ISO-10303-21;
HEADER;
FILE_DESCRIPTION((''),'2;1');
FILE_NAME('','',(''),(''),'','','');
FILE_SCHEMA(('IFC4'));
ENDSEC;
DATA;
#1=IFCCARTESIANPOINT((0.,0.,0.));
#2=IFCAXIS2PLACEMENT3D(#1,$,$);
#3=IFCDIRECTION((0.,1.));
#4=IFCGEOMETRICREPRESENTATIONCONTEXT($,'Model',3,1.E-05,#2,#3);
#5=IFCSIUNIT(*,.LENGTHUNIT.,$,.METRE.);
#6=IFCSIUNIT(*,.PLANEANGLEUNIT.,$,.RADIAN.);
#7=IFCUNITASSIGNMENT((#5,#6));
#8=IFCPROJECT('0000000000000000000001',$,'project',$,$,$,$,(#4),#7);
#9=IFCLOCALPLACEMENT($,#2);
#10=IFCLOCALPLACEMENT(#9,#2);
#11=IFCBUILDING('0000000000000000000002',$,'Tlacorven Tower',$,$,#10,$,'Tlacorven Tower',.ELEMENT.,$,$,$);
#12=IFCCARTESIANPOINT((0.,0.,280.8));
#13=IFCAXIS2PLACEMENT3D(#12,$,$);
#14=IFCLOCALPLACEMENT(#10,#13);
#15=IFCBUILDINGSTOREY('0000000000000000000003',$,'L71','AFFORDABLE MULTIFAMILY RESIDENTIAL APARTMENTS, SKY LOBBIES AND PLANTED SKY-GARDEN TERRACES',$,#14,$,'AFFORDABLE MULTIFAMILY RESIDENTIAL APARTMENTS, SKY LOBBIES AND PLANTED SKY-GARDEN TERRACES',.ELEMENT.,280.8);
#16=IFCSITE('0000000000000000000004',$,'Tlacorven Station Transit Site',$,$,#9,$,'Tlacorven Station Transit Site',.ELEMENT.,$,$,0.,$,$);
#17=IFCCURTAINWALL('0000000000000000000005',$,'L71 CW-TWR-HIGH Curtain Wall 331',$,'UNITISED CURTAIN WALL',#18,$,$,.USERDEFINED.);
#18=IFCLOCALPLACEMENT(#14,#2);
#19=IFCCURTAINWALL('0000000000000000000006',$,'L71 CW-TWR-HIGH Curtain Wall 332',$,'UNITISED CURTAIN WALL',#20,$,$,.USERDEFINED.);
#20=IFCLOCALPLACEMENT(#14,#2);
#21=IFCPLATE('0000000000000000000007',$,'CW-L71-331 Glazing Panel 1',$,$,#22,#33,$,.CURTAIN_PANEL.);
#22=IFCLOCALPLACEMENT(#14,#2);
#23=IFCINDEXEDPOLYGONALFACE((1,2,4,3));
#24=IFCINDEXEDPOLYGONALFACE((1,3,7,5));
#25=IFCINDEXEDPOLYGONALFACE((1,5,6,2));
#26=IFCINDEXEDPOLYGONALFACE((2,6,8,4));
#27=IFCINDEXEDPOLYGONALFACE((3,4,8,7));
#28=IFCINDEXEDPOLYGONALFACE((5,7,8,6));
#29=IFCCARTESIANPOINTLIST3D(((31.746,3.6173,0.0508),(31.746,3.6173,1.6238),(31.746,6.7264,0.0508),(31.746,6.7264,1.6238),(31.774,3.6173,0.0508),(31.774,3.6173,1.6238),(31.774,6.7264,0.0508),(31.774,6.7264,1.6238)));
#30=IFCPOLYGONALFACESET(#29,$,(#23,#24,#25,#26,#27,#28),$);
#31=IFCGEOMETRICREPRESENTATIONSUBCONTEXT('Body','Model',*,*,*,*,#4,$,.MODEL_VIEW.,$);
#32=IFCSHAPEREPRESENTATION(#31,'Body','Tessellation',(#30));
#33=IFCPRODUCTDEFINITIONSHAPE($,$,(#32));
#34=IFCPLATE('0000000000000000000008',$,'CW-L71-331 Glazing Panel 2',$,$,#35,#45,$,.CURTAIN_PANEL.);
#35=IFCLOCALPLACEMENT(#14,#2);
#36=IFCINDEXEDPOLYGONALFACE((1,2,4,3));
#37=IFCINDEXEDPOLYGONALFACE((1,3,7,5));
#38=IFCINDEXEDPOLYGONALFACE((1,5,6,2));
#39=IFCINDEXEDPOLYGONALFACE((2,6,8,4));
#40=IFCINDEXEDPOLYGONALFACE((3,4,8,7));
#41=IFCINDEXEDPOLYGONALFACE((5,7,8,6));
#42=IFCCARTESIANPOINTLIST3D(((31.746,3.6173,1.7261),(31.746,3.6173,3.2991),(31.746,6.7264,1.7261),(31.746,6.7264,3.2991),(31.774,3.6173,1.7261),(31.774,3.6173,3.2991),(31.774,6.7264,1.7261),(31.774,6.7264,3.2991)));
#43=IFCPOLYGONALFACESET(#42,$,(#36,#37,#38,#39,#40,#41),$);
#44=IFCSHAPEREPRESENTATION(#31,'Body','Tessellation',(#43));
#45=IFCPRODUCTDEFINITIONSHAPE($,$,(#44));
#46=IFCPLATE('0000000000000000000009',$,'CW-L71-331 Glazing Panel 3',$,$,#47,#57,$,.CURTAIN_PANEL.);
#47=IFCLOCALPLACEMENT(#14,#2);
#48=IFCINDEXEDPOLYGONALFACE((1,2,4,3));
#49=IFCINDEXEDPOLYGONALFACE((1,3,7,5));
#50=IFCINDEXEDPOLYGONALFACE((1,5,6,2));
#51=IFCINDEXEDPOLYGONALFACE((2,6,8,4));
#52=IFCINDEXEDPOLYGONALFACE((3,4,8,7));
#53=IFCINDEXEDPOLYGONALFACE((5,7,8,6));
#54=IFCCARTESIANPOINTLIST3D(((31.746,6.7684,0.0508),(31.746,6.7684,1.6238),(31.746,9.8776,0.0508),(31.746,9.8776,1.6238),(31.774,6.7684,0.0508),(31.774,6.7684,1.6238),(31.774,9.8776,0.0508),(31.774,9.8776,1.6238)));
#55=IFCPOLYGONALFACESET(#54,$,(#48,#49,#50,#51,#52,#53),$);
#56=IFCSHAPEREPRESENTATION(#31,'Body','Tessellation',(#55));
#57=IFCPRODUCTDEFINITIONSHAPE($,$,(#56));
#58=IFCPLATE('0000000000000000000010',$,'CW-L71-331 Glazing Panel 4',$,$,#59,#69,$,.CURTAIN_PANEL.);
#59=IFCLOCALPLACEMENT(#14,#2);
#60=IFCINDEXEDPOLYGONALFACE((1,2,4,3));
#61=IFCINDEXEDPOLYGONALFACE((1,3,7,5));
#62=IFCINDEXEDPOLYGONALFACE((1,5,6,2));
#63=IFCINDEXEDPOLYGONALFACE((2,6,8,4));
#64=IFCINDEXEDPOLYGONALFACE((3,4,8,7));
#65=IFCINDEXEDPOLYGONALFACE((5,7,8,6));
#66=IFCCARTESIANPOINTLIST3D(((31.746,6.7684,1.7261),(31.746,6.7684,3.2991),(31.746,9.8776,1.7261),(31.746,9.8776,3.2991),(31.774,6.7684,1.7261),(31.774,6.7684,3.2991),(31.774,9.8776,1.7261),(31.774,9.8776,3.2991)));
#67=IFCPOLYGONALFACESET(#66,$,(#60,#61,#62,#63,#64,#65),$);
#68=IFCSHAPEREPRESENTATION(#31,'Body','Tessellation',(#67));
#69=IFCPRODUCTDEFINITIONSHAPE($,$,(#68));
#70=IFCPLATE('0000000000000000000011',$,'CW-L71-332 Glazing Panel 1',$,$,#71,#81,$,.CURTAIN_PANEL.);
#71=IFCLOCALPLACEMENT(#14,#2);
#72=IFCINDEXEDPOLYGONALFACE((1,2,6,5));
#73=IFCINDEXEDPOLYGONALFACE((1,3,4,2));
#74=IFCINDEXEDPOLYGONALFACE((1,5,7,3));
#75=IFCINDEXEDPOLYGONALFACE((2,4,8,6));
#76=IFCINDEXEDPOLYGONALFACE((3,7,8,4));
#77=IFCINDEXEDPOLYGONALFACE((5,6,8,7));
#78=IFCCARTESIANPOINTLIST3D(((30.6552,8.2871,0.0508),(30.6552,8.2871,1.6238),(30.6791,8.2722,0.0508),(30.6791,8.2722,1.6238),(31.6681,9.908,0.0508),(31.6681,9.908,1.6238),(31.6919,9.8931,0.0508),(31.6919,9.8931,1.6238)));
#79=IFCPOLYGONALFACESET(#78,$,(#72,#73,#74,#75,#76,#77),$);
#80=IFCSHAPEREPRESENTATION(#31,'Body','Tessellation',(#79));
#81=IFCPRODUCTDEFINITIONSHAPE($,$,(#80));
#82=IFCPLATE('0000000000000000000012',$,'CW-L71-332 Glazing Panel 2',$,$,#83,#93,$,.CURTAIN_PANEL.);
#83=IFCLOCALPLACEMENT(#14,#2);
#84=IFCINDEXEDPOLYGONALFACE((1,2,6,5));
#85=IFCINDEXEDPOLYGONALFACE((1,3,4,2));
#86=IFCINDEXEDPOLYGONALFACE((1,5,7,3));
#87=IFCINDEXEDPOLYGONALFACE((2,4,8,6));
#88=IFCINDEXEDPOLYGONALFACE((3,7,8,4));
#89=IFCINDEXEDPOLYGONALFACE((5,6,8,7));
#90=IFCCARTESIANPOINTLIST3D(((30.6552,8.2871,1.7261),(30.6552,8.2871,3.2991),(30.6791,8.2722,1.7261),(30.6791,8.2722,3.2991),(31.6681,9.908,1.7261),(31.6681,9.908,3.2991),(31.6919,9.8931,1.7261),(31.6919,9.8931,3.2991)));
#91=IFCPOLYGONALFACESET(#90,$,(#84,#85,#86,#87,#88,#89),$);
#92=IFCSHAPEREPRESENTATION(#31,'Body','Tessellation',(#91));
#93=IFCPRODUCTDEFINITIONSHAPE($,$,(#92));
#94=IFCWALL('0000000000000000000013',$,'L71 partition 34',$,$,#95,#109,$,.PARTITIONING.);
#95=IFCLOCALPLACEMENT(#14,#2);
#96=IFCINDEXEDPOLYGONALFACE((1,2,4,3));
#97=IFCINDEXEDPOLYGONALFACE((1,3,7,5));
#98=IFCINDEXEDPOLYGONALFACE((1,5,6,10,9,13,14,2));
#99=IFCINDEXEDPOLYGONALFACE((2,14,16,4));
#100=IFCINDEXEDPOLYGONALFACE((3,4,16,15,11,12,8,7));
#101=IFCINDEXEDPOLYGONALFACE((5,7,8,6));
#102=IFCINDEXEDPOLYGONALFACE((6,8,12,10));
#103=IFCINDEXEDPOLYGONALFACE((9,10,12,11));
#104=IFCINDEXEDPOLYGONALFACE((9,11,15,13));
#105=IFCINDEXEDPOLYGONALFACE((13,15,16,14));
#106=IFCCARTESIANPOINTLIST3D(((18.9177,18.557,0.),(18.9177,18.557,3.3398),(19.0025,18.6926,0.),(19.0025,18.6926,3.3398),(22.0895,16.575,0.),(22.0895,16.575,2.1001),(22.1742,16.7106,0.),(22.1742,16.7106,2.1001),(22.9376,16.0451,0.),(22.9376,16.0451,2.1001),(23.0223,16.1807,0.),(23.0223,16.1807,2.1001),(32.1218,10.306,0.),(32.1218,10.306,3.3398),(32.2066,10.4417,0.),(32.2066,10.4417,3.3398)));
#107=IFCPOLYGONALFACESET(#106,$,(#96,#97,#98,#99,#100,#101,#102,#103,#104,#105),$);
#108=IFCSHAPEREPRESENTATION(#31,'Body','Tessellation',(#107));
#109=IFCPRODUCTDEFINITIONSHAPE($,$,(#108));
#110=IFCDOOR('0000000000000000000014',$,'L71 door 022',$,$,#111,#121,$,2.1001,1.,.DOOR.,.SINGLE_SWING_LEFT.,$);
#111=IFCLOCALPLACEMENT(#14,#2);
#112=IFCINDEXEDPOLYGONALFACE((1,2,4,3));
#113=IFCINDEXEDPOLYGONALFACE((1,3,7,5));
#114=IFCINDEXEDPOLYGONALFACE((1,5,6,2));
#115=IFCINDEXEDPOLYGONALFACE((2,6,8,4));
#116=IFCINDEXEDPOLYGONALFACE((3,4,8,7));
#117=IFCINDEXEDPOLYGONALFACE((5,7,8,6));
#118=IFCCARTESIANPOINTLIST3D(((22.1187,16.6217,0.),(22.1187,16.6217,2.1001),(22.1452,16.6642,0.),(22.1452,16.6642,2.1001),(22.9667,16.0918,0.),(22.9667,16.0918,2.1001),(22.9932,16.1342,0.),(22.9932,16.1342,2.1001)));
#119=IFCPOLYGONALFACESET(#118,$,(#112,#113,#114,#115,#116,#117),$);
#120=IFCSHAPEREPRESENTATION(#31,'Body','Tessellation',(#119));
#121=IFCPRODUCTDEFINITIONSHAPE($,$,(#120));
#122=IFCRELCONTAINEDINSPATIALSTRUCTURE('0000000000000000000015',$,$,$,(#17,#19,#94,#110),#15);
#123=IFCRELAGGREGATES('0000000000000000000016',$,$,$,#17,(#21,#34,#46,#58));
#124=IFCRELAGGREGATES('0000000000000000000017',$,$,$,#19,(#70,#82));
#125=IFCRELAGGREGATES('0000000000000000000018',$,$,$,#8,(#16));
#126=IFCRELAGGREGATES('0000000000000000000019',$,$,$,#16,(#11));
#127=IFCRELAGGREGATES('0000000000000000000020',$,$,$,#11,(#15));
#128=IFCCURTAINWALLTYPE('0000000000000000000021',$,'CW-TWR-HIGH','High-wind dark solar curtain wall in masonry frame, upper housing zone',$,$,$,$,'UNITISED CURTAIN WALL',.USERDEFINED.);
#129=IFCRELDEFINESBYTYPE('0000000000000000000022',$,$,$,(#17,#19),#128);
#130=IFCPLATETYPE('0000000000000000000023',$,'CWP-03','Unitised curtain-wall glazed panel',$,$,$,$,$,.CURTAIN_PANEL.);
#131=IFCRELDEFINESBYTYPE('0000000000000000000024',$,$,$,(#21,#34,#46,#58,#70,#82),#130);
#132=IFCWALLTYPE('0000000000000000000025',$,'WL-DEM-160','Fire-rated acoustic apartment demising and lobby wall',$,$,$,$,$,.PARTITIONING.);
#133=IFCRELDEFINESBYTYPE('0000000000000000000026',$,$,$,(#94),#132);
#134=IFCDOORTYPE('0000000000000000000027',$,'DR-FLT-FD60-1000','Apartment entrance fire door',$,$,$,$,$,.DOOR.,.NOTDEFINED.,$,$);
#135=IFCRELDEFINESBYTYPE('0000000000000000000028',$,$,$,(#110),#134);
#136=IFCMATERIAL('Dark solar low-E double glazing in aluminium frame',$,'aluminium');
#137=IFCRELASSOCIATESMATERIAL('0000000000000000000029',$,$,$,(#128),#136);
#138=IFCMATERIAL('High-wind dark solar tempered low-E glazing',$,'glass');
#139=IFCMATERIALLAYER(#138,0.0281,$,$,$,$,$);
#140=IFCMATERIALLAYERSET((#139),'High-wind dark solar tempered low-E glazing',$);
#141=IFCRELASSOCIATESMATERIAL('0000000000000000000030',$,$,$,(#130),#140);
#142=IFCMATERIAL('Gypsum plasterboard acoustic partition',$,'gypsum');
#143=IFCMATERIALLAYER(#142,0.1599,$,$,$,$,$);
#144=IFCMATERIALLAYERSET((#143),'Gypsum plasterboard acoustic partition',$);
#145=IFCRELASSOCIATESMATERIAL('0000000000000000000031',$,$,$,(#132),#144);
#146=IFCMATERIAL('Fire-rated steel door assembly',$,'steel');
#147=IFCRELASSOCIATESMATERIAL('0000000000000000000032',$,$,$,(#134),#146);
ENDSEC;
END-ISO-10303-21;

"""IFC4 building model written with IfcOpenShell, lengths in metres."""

from ifc_helpers import new_model, si_unit, direction, frame, frame_2d, origin, origin_2d, place, context, subcontext, project, spatial, rectangle, extrude, source, transform, mapped, material, layer, layer_set, type_object, element, fill, aggregate, save


model = new_model("IFC4")

# Units and contexts
model_context = context("Model", 3, precision=1e-05, world=origin(), true_north=direction((0.0, 1.0)))
body_context = subcontext(model_context, "Body", "Model", "MODEL_VIEW")
ifc_project = project(units=[si_unit("LENGTHUNIT", "METRE"), si_unit("PLANEANGLEUNIT", "RADIAN")], contexts=[model_context])

# Site, building, storey
site_placement = place(None, origin())
site = spatial("IfcSite", under=ifc_project, at=site_placement, Name="Tlacorven Station Transit Site", LongName="Tlacorven Station Transit Site", CompositionType="ELEMENT", RefElevation=0.0)
building_placement = place(site_placement, origin())
building = spatial("IfcBuilding", under=site, at=building_placement, Name="Tlacorven Tower", LongName="Tlacorven Tower", CompositionType="ELEMENT")
storey_placement = place(building_placement, frame((0.0, 0.0, 280.8)))
storey = spatial("IfcBuildingStorey", under=building, at=storey_placement, Name="L71", Description="AFFORDABLE MULTIFAMILY RESIDENTIAL APARTMENTS, SKY LOBBIES AND PLANTED SKY-GARDEN TERRACES", LongName="AFFORDABLE MULTIFAMILY RESIDENTIAL APARTMENTS, SKY LOBBIES AND PLANTED SKY-GARDEN TERRACES", CompositionType="ELEMENT", Elevation=280.8)

# Curtain walls
ifc_material_1 = material(Name="Dark solar low-E double glazing in aluminium frame", Category="aluminium")
curtain_wall_type = type_object("IfcCurtainWallType", Name="CW-TWR-HIGH", Description="High-wind dark solar curtain wall in masonry frame, upper housing zone", ElementType="UNITISED CURTAIN WALL", PredefinedType="USERDEFINED", material=ifc_material_1)
curtain_wall_1_placement = place(storey_placement, origin())
curtain_wall_1 = element("IfcCurtainWall", 1, at=curtain_wall_1_placement, inside=storey, type_object=curtain_wall_type, Name="L71 CW-TWR-HIGH Curtain Wall 331", ObjectType="UNITISED CURTAIN WALL", PredefinedType="USERDEFINED")
curtain_wall_2_placement = place(storey_placement, origin())
curtain_wall_2 = element("IfcCurtainWall", 2, at=curtain_wall_2_placement, inside=storey, type_object=curtain_wall_type, Name="L71 CW-TWR-HIGH Curtain Wall 332", ObjectType="UNITISED CURTAIN WALL", PredefinedType="USERDEFINED")

# Plates
ifc_material_2 = material(Name="High-wind dark solar tempered low-E glazing", Category="glass")
ifc_layer_1 = layer(ifc_material_2, 0.0281)
ifc_layer_set_1 = layer_set([ifc_layer_1], Name="High-wind dark solar tempered low-E glazing")
plate_type = type_object("IfcPlateType", Name="CWP-03", Description="Unitised curtain-wall glazed panel", PredefinedType="CURTAIN_PANEL", material=ifc_layer_set_1)
shared_shape_1 = source(origin(), body_context, "Body", "SweptSolid", [
    extrude(rectangle(XDim=3.1091, YDim=0.0281, at=origin_2d()), origin(), (0.0, 0.0, 1.0), 1.573),
])
plate_1_placement = place(storey_placement, frame((31.76, 5.1719, 0.0508), z_axis=(0.0, 0.0, 1.0), x_axis=(0.0, 1.0, 0.0)))
plate_1 = element("IfcPlate", 3, at=plate_1_placement, type_object=plate_type, Name="CW-L71-331 Glazing Panel 1", PredefinedType="CURTAIN_PANEL", context=body_context, shape_type="MappedRepresentation", body=[
    mapped(shared_shape_1, transform((0.0, 0.0, 0.0), scale=1.0)),
])
plate_2_placement = place(storey_placement, frame((31.76, 5.1719, 1.7261), z_axis=(0.0, 0.0, 1.0), x_axis=(0.0, 1.0, 0.0)))
plate_2 = element("IfcPlate", 4, at=plate_2_placement, type_object=plate_type, Name="CW-L71-331 Glazing Panel 2", PredefinedType="CURTAIN_PANEL", context=body_context, shape_type="MappedRepresentation", body=[
    mapped(shared_shape_1, transform((0.0, 0.0, 0.0), scale=1.0)),
])
plate_3_placement = place(storey_placement, frame((31.76, 8.323, 0.0508), z_axis=(0.0, 0.0, 1.0), x_axis=(0.0, 1.0, 0.0)))
plate_3 = element("IfcPlate", 5, at=plate_3_placement, type_object=plate_type, Name="CW-L71-331 Glazing Panel 3", PredefinedType="CURTAIN_PANEL", context=body_context, shape_type="MappedRepresentation", body=[
    mapped(shared_shape_1, transform((0.0, 0.0, 0.0), scale=1.0)),
])
plate_4_placement = place(storey_placement, frame((31.76, 8.323, 1.7261), z_axis=(0.0, 0.0, 1.0), x_axis=(0.0, 1.0, 0.0)))
plate_4 = element("IfcPlate", 6, at=plate_4_placement, type_object=plate_type, Name="CW-L71-331 Glazing Panel 4", PredefinedType="CURTAIN_PANEL", context=body_context, shape_type="MappedRepresentation", body=[
    mapped(shared_shape_1, transform((0.0, 0.0, 0.0), scale=1.0)),
])
aggregate(curtain_wall_1, [plate_1, plate_2, plate_3, plate_4])
shared_shape_2 = source(origin(), body_context, "Body", "SweptSolid", [
    extrude(rectangle(XDim=1.9114, YDim=0.0281, at=origin_2d()), origin(), (0.0, 0.0, 1.0), 1.573),
])
plate_5_placement = place(storey_placement, frame((31.1736, 9.0901, 0.0508), z_axis=(0.0, 0.0, 1.0), x_axis=(-0.529919, -0.848048, 0.0)))
plate_5 = element("IfcPlate", 7, at=plate_5_placement, type_object=plate_type, Name="CW-L71-332 Glazing Panel 1", PredefinedType="CURTAIN_PANEL", context=body_context, shape_type="MappedRepresentation", body=[
    mapped(shared_shape_2, transform((0.0, 0.0, 0.0), scale=1.0)),
])
plate_6_placement = place(storey_placement, frame((31.1736, 9.0901, 1.7261), z_axis=(0.0, 0.0, 1.0), x_axis=(-0.529919, -0.848048, 0.0)))
plate_6 = element("IfcPlate", 8, at=plate_6_placement, type_object=plate_type, Name="CW-L71-332 Glazing Panel 2", PredefinedType="CURTAIN_PANEL", context=body_context, shape_type="MappedRepresentation", body=[
    mapped(shared_shape_2, transform((0.0, 0.0, 0.0), scale=1.0)),
])
aggregate(curtain_wall_2, [plate_5, plate_6])

# Wall, opening, door
ifc_material_3 = material(Name="Gypsum plasterboard acoustic partition", Category="gypsum")
ifc_layer_2 = layer(ifc_material_3, 0.1599)
ifc_layer_set_2 = layer_set([ifc_layer_2], Name="Gypsum plasterboard acoustic partition")
wall_type = type_object("IfcWallType", Name="WL-DEM-160", Description="Fire-rated acoustic apartment demising and lobby wall", PredefinedType="PARTITIONING", material=ifc_layer_set_2)
wall_placement = place(storey_placement, frame((32.1643, 10.3738, 0.0), z_axis=(0.0, 0.0, 1.0), x_axis=(-0.848044, 0.529926, 0.0)))
wall = element("IfcWall", 9, at=wall_placement, inside=storey, type_object=wall_type, Name="L71 partition 34", PredefinedType="PARTITIONING", context=body_context, shape_type="SweptSolid", body=[
    extrude(rectangle(XDim=15.5701, YDim=0.1599, at=frame_2d((7.7852, 0.0))), origin(), (0.0, 0.0, 1.0), 3.3398),
])
opening_placement = place(wall_placement, frame((10.8301, 0.0, 0.0)))
opening = element("IfcOpeningElement", 10, at=opening_placement, cuts=wall, PredefinedType="OPENING", context=body_context, shape_type="SweptSolid", body=[
    extrude(rectangle(XDim=1.0, YDim=2.1001, at=frame_2d((0.5, 1.05))), frame((0.0, 0.0898, 0.0), z_axis=(0.0, -1.0, 0.0), x_axis=(1.0, 0.0, 0.0)), (0.0, 0.0, 1.0), 0.1799),
])
ifc_material_4 = material(Name="Fire-rated steel door assembly", Category="steel")
door_type = type_object("IfcDoorType", Name="DR-FLT-FD60-1000", Description="Apartment entrance fire door", OperationType="NOTDEFINED", PredefinedType="DOOR", material=ifc_material_4)
shared_shape_3 = source(origin(), body_context, "Body", "SweptSolid", [
    extrude(rectangle(XDim=1.0, YDim=2.1001, at=frame_2d((0.5, 1.05))), frame((0.0, 0.0249, 0.0), z_axis=(0.0, -1.0, 0.0), x_axis=(1.0, 0.0, 0.0)), (0.0, 0.0, 1.0), 0.05),
])
door_placement = place(opening_placement, origin())
door = element("IfcDoor", 11, at=door_placement, inside=storey, type_object=door_type, Name="L71 door 022", OperationType="SINGLE_SWING_LEFT", OverallHeight=2.1001, OverallWidth=1.0, PredefinedType="DOOR", context=body_context, shape_type="MappedRepresentation", body=[
    mapped(shared_shape_3, transform((0.0, 0.0, 0.0), scale=1.0)),
])
fill(opening, door)

save(model, "model.ifc")
